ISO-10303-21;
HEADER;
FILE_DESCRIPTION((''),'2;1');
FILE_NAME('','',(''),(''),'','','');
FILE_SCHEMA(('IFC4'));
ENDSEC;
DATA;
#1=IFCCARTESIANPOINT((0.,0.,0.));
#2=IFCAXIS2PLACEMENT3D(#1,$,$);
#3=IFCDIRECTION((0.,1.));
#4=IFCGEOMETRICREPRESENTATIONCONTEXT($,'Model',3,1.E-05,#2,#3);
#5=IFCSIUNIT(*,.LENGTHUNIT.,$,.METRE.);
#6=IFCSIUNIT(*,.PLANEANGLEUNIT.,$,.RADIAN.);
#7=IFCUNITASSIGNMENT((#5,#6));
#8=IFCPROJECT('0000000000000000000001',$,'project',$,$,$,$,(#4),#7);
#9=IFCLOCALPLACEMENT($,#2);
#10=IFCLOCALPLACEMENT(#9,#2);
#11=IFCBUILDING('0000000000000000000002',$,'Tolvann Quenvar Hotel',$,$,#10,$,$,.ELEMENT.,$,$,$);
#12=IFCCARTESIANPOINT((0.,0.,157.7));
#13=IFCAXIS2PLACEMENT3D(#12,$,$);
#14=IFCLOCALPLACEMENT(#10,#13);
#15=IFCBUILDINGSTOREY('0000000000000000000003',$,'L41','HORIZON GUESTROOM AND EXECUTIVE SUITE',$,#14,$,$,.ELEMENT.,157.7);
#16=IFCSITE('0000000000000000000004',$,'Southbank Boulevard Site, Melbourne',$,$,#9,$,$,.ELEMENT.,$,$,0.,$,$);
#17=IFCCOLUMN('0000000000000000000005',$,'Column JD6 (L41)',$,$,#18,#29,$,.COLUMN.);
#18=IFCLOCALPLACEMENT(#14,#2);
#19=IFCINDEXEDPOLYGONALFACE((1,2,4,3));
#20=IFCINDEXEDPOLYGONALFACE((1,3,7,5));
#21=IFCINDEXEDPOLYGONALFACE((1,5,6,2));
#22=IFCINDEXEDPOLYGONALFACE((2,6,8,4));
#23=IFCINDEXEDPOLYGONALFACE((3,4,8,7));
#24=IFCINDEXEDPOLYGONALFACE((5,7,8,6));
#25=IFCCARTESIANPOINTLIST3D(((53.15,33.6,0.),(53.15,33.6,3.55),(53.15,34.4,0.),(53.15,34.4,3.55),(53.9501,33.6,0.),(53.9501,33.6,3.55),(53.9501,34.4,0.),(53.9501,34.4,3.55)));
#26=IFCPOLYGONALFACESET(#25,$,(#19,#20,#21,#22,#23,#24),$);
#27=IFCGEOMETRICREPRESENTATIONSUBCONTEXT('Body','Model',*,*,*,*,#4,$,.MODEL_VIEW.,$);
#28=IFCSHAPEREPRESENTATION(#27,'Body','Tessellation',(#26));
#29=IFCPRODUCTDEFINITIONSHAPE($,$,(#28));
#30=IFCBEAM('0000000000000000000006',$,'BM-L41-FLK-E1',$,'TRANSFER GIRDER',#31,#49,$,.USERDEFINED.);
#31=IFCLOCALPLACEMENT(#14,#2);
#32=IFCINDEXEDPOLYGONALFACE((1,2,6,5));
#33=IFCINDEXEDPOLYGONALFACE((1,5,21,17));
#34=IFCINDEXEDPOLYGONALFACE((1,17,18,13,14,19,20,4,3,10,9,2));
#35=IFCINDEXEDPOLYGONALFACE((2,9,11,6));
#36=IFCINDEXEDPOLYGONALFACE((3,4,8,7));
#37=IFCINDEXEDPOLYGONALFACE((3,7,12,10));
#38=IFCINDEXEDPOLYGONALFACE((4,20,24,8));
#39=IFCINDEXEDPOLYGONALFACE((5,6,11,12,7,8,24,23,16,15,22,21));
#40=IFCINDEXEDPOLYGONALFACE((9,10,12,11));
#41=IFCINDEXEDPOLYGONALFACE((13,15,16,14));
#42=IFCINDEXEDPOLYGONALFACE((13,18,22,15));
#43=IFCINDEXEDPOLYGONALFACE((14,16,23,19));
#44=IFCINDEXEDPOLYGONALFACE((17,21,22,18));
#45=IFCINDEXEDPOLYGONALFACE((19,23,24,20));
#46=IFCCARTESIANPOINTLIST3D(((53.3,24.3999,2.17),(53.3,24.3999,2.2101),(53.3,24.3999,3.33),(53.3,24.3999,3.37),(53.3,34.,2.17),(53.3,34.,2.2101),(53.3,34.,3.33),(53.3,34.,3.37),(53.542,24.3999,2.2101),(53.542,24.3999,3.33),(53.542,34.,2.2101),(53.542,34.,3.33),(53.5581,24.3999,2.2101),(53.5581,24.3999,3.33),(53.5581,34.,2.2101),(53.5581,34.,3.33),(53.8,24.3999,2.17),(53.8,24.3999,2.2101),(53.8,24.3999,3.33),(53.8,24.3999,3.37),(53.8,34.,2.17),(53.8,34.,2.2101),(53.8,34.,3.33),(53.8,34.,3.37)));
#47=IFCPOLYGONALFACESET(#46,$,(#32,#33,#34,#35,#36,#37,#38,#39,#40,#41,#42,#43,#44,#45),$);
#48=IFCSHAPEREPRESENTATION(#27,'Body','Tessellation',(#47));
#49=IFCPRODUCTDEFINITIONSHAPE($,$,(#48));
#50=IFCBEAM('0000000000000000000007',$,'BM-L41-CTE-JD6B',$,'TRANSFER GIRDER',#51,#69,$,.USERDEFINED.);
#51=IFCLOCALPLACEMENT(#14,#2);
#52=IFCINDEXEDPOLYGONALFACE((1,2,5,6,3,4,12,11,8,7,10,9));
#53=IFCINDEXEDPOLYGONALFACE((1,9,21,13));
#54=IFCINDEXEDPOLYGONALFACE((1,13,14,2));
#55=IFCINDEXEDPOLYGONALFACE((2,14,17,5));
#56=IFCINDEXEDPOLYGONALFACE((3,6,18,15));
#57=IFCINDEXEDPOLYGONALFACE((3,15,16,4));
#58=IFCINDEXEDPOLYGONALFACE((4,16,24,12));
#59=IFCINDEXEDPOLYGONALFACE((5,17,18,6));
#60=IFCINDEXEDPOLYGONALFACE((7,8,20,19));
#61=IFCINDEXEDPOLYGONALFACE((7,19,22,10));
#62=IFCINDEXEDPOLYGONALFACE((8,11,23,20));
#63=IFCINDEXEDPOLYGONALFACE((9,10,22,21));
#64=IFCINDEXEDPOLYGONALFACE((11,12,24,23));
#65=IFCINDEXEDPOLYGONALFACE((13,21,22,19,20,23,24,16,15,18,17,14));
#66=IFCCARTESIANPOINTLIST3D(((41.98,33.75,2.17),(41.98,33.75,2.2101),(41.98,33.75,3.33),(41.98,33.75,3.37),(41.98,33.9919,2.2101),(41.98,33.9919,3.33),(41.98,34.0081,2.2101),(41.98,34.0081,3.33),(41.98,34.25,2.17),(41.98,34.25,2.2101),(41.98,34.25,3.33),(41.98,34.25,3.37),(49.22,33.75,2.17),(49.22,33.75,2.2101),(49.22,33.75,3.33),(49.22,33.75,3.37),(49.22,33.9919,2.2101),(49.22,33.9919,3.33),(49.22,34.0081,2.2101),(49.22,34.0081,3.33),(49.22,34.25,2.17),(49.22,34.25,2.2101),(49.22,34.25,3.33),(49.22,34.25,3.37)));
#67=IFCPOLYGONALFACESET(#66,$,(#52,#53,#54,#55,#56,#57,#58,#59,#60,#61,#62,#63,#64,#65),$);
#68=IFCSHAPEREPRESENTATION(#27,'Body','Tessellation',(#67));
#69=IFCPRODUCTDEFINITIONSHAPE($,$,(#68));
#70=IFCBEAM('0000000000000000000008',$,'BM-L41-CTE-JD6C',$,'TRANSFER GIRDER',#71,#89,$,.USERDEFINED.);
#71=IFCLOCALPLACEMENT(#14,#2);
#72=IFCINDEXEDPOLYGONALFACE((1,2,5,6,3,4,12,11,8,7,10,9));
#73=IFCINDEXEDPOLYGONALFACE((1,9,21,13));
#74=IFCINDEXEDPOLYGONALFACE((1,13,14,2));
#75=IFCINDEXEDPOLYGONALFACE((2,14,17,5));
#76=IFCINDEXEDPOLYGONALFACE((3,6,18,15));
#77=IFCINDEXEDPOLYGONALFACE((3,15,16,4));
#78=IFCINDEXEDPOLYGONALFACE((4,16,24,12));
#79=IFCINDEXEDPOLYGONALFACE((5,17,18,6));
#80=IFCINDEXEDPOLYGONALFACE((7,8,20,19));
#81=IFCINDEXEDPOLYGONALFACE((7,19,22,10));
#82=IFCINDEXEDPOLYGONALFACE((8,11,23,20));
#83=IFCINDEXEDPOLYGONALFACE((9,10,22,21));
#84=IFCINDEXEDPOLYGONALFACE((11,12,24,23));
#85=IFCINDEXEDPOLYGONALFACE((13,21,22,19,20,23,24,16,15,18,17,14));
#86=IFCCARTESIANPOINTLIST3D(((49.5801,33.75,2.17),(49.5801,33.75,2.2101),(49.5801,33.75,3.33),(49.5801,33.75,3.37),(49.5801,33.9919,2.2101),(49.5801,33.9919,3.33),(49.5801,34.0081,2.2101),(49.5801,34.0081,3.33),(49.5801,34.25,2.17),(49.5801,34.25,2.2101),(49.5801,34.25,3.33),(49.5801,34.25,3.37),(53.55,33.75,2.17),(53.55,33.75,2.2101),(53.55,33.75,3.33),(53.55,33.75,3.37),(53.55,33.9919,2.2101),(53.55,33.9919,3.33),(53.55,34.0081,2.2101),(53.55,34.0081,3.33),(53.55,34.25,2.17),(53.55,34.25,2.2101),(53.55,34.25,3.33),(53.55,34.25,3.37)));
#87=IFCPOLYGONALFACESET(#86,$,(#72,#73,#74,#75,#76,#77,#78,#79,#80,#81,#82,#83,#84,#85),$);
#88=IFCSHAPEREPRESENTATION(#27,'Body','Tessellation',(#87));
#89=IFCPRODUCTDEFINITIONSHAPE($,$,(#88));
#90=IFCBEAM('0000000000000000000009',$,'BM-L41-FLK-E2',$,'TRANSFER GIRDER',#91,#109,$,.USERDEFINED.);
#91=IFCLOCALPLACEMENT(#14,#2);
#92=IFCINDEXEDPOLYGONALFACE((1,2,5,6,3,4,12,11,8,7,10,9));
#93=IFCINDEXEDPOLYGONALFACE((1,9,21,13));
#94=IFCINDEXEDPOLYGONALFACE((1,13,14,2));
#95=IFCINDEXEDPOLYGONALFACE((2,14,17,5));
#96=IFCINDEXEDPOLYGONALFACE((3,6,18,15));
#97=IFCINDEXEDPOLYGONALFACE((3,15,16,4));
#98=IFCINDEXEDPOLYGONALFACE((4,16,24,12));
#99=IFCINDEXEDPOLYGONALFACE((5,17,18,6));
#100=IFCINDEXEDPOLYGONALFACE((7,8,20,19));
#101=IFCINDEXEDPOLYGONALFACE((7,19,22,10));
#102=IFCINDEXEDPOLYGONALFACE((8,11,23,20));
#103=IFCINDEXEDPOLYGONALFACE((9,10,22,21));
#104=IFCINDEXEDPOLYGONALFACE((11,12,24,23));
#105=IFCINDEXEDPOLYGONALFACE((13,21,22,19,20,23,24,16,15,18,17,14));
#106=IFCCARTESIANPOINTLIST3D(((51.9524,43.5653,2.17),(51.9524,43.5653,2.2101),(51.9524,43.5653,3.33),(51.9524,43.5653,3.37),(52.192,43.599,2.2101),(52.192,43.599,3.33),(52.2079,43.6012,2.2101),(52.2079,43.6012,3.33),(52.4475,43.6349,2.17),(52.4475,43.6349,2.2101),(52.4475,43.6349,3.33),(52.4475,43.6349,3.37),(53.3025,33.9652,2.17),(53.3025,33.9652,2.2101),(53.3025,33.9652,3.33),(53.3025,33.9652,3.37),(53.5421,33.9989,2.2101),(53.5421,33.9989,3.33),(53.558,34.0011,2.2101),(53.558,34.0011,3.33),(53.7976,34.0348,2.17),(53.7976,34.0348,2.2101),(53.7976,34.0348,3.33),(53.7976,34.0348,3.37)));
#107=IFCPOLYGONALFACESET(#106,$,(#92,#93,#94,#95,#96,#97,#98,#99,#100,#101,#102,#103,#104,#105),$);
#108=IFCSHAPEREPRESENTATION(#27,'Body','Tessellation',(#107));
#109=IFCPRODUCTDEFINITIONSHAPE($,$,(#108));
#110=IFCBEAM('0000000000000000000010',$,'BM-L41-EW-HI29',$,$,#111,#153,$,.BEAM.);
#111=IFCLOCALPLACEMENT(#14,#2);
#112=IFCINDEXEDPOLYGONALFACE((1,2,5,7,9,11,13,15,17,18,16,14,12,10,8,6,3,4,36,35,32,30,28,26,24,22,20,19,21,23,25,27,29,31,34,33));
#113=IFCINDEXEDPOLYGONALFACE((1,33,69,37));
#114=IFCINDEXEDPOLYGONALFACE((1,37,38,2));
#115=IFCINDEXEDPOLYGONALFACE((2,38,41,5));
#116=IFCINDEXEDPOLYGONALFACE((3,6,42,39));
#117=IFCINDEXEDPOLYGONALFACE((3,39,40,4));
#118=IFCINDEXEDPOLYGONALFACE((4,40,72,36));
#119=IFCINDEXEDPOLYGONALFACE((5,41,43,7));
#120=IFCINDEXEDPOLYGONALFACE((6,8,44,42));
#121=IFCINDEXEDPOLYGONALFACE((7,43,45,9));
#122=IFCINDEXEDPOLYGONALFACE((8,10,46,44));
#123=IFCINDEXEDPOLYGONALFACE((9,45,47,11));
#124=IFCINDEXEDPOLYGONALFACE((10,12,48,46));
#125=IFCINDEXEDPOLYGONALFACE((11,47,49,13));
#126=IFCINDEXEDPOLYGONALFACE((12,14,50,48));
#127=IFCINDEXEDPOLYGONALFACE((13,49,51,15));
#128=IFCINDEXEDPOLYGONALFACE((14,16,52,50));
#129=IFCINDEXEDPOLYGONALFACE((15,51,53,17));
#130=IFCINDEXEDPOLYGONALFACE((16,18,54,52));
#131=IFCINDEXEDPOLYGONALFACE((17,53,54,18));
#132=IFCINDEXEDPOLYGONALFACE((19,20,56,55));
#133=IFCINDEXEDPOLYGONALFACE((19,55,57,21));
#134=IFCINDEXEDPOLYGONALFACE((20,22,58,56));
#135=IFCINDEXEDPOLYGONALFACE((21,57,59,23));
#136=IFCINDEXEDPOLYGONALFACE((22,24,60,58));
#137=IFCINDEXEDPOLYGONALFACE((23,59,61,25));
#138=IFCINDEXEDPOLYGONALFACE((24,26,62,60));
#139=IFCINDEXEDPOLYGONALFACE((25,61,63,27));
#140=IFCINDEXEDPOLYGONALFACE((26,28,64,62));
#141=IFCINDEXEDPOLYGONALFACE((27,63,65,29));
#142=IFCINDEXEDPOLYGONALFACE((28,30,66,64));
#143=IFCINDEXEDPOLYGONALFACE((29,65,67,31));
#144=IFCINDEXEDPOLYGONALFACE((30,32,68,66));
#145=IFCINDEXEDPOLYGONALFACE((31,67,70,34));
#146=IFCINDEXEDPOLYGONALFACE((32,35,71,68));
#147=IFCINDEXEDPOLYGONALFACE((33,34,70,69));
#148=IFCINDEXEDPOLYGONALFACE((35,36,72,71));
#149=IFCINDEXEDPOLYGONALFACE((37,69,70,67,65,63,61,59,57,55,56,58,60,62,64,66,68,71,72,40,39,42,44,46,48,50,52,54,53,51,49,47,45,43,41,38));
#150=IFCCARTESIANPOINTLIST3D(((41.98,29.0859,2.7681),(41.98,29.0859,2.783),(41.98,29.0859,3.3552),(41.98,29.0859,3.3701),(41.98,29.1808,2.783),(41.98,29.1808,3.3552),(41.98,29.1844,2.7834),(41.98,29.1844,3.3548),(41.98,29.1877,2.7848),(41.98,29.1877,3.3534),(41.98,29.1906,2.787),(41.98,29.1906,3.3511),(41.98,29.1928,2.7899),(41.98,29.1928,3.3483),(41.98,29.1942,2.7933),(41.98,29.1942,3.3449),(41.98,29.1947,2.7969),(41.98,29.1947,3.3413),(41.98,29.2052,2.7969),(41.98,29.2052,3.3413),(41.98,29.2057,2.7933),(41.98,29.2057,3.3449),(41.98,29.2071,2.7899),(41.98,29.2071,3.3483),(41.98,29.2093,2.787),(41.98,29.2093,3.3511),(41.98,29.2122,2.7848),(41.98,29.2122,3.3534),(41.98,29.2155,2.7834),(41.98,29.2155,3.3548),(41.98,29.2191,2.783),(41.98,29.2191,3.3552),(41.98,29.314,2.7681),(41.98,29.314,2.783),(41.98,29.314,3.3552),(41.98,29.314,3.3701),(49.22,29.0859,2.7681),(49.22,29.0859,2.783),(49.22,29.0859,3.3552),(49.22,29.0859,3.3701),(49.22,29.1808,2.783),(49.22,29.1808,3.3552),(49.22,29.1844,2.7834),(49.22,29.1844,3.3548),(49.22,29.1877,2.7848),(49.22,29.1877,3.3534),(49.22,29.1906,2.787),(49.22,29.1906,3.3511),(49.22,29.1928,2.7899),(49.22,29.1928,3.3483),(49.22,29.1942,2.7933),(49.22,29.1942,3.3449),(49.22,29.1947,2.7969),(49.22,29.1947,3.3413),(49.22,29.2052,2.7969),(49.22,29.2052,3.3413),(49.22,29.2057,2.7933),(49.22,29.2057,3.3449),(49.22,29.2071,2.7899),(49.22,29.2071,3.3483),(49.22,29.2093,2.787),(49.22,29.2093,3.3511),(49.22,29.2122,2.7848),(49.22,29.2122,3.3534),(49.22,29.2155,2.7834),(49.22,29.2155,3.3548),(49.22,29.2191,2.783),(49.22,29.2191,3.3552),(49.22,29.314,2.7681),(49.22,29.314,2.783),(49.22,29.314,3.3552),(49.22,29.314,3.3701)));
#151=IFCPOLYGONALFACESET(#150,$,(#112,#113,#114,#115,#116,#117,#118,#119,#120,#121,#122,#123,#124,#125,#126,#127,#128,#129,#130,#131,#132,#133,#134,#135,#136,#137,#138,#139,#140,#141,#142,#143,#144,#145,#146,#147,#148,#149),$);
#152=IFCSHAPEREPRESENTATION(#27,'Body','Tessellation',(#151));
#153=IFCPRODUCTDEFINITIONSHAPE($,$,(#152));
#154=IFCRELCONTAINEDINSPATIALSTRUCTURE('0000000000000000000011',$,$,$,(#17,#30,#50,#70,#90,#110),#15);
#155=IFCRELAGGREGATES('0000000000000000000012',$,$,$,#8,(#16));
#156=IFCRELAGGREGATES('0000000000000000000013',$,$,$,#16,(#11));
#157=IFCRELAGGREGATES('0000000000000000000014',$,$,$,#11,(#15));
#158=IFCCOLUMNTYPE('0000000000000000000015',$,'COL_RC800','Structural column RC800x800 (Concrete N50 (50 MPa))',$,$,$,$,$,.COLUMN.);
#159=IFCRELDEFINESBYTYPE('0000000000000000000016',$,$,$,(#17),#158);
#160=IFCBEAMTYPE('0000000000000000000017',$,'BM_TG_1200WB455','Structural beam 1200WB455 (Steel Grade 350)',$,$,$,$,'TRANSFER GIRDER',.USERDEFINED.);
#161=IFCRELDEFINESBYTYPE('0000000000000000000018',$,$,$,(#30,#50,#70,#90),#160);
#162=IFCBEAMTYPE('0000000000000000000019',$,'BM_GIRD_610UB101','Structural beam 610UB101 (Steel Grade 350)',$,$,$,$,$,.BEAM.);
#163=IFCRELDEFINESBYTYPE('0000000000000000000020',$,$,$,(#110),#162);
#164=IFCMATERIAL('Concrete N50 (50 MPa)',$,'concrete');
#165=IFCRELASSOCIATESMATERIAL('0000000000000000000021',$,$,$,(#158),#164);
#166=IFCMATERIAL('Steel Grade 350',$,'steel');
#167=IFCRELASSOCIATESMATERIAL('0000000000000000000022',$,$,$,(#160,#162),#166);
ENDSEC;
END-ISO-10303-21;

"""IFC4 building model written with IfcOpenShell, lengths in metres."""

from ifc_helpers import new_model, si_unit, direction, frame, origin, origin_2d, place, context, subcontext, project, spatial, rectangle, i_section, extrude, source, transform, mapped, material, material_profile, profile_set, type_object, type_shapes, element, save


model = new_model("IFC4")

# Units and contexts
model_context = context("Model", 3, precision=1e-05, world=origin(), true_north=direction((0.0, 1.0)))
body_context = subcontext(model_context, "Body", "Model", "MODEL_VIEW")
ifc_project = project(units=[si_unit("LENGTHUNIT", "METRE"), si_unit("PLANEANGLEUNIT", "RADIAN")], contexts=[model_context])

# Site, building, storey
site_placement = place(None, origin())
site = spatial("IfcSite", under=ifc_project, at=site_placement, Name="Southbank Boulevard Site, Melbourne", CompositionType="ELEMENT", RefElevation=0.0)
building_placement = place(site_placement, origin())
building = spatial("IfcBuilding", under=site, at=building_placement, Name="Tolvann Quenvar Hotel", CompositionType="ELEMENT")
storey_placement = place(building_placement, frame((0.0, 0.0, 157.7)))
storey = spatial("IfcBuildingStorey", under=building, at=storey_placement, Name="L41", Description="HORIZON GUESTROOM AND EXECUTIVE SUITE", CompositionType="ELEMENT", Elevation=157.7)

# Column
ifc_material_1 = material(Name="Concrete N50 (50 MPa)", Category="concrete")
ifc_material_profile_1 = material_profile(ifc_material_1, rectangle(XDim=0.8, YDim=0.8, at=origin_2d()), Name="RC800x800")
ifc_profile_set_1 = profile_set([ifc_material_profile_1], Name="Concrete N50 (50 MPa)")
column_type = type_object("IfcColumnType", Name="COL_RC800", Description="Structural column RC800x800 (Concrete N50 (50 MPa))", PredefinedType="COLUMN", material=ifc_profile_set_1)
shared_shape_1 = source(origin(), body_context, "Body", "SweptSolid", [
    extrude(rectangle(XDim=0.8, YDim=0.8, at=origin_2d()), origin(), (0.0, 0.0, 1.0), 3.55),
])
type_shapes(column_type, [shared_shape_1])
column_placement = place(storey_placement, frame((53.55, 34.0, 0.0), z_axis=(0.0, 0.0, 1.0), x_axis=(1.0, 0.0, 0.0)))
element("IfcColumn", 1, at=column_placement, inside=storey, type_object=column_type, Name="Column JD6 (L41)", PredefinedType="COLUMN", context=body_context, shape_type="MappedRepresentation", body=[
    mapped(shared_shape_1, transform((0.0, 0.0, 0.0), x_axis=(1.0, 0.0, 0.0), y_axis=(0.0, 1.0, 0.0), z_axis=(0.0, 0.0, 1.0), scale=1.0)),
])

# Beams
ifc_material_2 = material(Name="Steel Grade 350", Category="steel")
ifc_material_profile_2 = material_profile(ifc_material_2, i_section(OverallWidth=0.5, OverallDepth=1.2, WebThickness=0.0161, FlangeThickness=0.04, at=origin_2d()), Name="1200WB455")
ifc_profile_set_2 = profile_set([ifc_material_profile_2], Name="Steel Grade 350")
beam_type_1 = type_object("IfcBeamType", Name="BM_TG_1200WB455", Description="Structural beam 1200WB455 (Steel Grade 350)", ElementType="TRANSFER GIRDER", PredefinedType="USERDEFINED", material=ifc_profile_set_2)
shared_shape_2 = source(origin(), body_context, "Body", "SweptSolid", [
    extrude(i_section(OverallWidth=0.5, OverallDepth=1.2, WebThickness=0.0161, FlangeThickness=0.04, at=origin_2d()), origin(), (0.0, 0.0, 1.0), 9.6001),
])
beam_1_placement = place(storey_placement, frame((53.55, 24.3999, 2.77), z_axis=(0.0, 1.0, 0.0), x_axis=(-1.0, 0.0, 0.0)))
element("IfcBeam", 2, at=beam_1_placement, inside=storey, type_object=beam_type_1, Name="BM-L41-FLK-E1", ObjectType="TRANSFER GIRDER", PredefinedType="USERDEFINED", context=body_context, shape_type="MappedRepresentation", body=[
    mapped(shared_shape_2, transform((0.0, 0.0, 0.0), x_axis=(1.0, 0.0, 0.0), y_axis=(0.0, 1.0, 0.0), z_axis=(0.0, 0.0, 1.0), scale=1.0)),
])
shared_shape_3 = source(origin(), body_context, "Body", "SweptSolid", [
    extrude(i_section(OverallWidth=0.5, OverallDepth=1.2, WebThickness=0.0161, FlangeThickness=0.04, at=origin_2d()), origin(), (0.0, 0.0, 1.0), 7.24),
])
beam_2_placement = place(storey_placement, frame((41.98, 34.0, 2.77), z_axis=(1.0, 0.0, 0.0), x_axis=(0.0, 1.0, 0.0)))
element("IfcBeam", 3, at=beam_2_placement, inside=storey, type_object=beam_type_1, Name="BM-L41-CTE-JD6B", ObjectType="TRANSFER GIRDER", PredefinedType="USERDEFINED", context=body_context, shape_type="MappedRepresentation", body=[
    mapped(shared_shape_3, transform((0.0, 0.0, 0.0), x_axis=(1.0, 0.0, 0.0), y_axis=(0.0, 1.0, 0.0), z_axis=(0.0, 0.0, 1.0), scale=1.0)),
])
shared_shape_4 = source(origin(), body_context, "Body", "SweptSolid", [
    extrude(i_section(OverallWidth=0.5, OverallDepth=1.2, WebThickness=0.0161, FlangeThickness=0.04, at=origin_2d()), origin(), (0.0, 0.0, 1.0), 3.97),
])
beam_3_placement = place(storey_placement, frame((49.5801, 34.0, 2.77), z_axis=(1.0, 0.0, 0.0), x_axis=(0.0, 1.0, 0.0)))
element("IfcBeam", 4, at=beam_3_placement, inside=storey, type_object=beam_type_1, Name="BM-L41-CTE-JD6C", ObjectType="TRANSFER GIRDER", PredefinedType="USERDEFINED", context=body_context, shape_type="MappedRepresentation", body=[
    mapped(shared_shape_4, transform((0.0, 0.0, 0.0), x_axis=(1.0, 0.0, 0.0), y_axis=(0.0, 1.0, 0.0), z_axis=(0.0, 0.0, 1.0), scale=1.0)),
])
shared_shape_5 = source(origin(), body_context, "Body", "SweptSolid", [
    extrude(i_section(OverallWidth=0.5, OverallDepth=1.2, WebThickness=0.0161, FlangeThickness=0.04, at=origin_2d()), origin(), (0.0, 0.0, 1.0), 9.6946),
])
type_shapes(beam_type_1, [shared_shape_2, shared_shape_3, shared_shape_4, shared_shape_5])
beam_4_placement = place(storey_placement, frame((53.55, 34.0, 2.77), z_axis=(-0.139263, 0.990255, 0.0), x_axis=(-0.990255, -0.139263, 0.0)))
element("IfcBeam", 5, at=beam_4_placement, inside=storey, type_object=beam_type_1, Name="BM-L41-FLK-E2", ObjectType="TRANSFER GIRDER", PredefinedType="USERDEFINED", context=body_context, shape_type="MappedRepresentation", body=[
    mapped(shared_shape_5, transform((0.0, 0.0, 0.0), x_axis=(1.0, 0.0, 0.0), y_axis=(0.0, 1.0, 0.0), z_axis=(0.0, 0.0, 1.0), scale=1.0)),
])
ifc_material_profile_3 = material_profile(ifc_material_2, i_section(OverallWidth=0.228, OverallDepth=0.6021, WebThickness=0.0105, FlangeThickness=0.0149, FilletRadius=0.0139, at=origin_2d()), Name="610UB101")
ifc_profile_set_3 = profile_set([ifc_material_profile_3], Name="Steel Grade 350")
beam_type_2 = type_object("IfcBeamType", Name="BM_GIRD_610UB101", Description="Structural beam 610UB101 (Steel Grade 350)", PredefinedType="BEAM", material=ifc_profile_set_3)
shared_shape_6 = source(origin(), body_context, "Body", "SweptSolid", [
    extrude(i_section(OverallWidth=0.228, OverallDepth=0.6021, WebThickness=0.0105, FlangeThickness=0.0149, FilletRadius=0.0139, at=origin_2d()), origin(), (0.0, 0.0, 1.0), 7.24),
])
beam_5_placement = place(storey_placement, frame((41.98, 29.2, 3.0691), z_axis=(1.0, 0.0, 0.0), x_axis=(0.0, 1.0, 0.0)))
element("IfcBeam", 6, at=beam_5_placement, inside=storey, type_object=beam_type_2, Name="BM-L41-EW-HI29", PredefinedType="BEAM", context=body_context, shape_type="MappedRepresentation", body=[
    mapped(shared_shape_6, transform((0.0, 0.0, 0.0), x_axis=(1.0, 0.0, 0.0), y_axis=(0.0, 1.0, 0.0), z_axis=(0.0, 0.0, 1.0), scale=1.0)),
])

save(model, "model.ifc")
